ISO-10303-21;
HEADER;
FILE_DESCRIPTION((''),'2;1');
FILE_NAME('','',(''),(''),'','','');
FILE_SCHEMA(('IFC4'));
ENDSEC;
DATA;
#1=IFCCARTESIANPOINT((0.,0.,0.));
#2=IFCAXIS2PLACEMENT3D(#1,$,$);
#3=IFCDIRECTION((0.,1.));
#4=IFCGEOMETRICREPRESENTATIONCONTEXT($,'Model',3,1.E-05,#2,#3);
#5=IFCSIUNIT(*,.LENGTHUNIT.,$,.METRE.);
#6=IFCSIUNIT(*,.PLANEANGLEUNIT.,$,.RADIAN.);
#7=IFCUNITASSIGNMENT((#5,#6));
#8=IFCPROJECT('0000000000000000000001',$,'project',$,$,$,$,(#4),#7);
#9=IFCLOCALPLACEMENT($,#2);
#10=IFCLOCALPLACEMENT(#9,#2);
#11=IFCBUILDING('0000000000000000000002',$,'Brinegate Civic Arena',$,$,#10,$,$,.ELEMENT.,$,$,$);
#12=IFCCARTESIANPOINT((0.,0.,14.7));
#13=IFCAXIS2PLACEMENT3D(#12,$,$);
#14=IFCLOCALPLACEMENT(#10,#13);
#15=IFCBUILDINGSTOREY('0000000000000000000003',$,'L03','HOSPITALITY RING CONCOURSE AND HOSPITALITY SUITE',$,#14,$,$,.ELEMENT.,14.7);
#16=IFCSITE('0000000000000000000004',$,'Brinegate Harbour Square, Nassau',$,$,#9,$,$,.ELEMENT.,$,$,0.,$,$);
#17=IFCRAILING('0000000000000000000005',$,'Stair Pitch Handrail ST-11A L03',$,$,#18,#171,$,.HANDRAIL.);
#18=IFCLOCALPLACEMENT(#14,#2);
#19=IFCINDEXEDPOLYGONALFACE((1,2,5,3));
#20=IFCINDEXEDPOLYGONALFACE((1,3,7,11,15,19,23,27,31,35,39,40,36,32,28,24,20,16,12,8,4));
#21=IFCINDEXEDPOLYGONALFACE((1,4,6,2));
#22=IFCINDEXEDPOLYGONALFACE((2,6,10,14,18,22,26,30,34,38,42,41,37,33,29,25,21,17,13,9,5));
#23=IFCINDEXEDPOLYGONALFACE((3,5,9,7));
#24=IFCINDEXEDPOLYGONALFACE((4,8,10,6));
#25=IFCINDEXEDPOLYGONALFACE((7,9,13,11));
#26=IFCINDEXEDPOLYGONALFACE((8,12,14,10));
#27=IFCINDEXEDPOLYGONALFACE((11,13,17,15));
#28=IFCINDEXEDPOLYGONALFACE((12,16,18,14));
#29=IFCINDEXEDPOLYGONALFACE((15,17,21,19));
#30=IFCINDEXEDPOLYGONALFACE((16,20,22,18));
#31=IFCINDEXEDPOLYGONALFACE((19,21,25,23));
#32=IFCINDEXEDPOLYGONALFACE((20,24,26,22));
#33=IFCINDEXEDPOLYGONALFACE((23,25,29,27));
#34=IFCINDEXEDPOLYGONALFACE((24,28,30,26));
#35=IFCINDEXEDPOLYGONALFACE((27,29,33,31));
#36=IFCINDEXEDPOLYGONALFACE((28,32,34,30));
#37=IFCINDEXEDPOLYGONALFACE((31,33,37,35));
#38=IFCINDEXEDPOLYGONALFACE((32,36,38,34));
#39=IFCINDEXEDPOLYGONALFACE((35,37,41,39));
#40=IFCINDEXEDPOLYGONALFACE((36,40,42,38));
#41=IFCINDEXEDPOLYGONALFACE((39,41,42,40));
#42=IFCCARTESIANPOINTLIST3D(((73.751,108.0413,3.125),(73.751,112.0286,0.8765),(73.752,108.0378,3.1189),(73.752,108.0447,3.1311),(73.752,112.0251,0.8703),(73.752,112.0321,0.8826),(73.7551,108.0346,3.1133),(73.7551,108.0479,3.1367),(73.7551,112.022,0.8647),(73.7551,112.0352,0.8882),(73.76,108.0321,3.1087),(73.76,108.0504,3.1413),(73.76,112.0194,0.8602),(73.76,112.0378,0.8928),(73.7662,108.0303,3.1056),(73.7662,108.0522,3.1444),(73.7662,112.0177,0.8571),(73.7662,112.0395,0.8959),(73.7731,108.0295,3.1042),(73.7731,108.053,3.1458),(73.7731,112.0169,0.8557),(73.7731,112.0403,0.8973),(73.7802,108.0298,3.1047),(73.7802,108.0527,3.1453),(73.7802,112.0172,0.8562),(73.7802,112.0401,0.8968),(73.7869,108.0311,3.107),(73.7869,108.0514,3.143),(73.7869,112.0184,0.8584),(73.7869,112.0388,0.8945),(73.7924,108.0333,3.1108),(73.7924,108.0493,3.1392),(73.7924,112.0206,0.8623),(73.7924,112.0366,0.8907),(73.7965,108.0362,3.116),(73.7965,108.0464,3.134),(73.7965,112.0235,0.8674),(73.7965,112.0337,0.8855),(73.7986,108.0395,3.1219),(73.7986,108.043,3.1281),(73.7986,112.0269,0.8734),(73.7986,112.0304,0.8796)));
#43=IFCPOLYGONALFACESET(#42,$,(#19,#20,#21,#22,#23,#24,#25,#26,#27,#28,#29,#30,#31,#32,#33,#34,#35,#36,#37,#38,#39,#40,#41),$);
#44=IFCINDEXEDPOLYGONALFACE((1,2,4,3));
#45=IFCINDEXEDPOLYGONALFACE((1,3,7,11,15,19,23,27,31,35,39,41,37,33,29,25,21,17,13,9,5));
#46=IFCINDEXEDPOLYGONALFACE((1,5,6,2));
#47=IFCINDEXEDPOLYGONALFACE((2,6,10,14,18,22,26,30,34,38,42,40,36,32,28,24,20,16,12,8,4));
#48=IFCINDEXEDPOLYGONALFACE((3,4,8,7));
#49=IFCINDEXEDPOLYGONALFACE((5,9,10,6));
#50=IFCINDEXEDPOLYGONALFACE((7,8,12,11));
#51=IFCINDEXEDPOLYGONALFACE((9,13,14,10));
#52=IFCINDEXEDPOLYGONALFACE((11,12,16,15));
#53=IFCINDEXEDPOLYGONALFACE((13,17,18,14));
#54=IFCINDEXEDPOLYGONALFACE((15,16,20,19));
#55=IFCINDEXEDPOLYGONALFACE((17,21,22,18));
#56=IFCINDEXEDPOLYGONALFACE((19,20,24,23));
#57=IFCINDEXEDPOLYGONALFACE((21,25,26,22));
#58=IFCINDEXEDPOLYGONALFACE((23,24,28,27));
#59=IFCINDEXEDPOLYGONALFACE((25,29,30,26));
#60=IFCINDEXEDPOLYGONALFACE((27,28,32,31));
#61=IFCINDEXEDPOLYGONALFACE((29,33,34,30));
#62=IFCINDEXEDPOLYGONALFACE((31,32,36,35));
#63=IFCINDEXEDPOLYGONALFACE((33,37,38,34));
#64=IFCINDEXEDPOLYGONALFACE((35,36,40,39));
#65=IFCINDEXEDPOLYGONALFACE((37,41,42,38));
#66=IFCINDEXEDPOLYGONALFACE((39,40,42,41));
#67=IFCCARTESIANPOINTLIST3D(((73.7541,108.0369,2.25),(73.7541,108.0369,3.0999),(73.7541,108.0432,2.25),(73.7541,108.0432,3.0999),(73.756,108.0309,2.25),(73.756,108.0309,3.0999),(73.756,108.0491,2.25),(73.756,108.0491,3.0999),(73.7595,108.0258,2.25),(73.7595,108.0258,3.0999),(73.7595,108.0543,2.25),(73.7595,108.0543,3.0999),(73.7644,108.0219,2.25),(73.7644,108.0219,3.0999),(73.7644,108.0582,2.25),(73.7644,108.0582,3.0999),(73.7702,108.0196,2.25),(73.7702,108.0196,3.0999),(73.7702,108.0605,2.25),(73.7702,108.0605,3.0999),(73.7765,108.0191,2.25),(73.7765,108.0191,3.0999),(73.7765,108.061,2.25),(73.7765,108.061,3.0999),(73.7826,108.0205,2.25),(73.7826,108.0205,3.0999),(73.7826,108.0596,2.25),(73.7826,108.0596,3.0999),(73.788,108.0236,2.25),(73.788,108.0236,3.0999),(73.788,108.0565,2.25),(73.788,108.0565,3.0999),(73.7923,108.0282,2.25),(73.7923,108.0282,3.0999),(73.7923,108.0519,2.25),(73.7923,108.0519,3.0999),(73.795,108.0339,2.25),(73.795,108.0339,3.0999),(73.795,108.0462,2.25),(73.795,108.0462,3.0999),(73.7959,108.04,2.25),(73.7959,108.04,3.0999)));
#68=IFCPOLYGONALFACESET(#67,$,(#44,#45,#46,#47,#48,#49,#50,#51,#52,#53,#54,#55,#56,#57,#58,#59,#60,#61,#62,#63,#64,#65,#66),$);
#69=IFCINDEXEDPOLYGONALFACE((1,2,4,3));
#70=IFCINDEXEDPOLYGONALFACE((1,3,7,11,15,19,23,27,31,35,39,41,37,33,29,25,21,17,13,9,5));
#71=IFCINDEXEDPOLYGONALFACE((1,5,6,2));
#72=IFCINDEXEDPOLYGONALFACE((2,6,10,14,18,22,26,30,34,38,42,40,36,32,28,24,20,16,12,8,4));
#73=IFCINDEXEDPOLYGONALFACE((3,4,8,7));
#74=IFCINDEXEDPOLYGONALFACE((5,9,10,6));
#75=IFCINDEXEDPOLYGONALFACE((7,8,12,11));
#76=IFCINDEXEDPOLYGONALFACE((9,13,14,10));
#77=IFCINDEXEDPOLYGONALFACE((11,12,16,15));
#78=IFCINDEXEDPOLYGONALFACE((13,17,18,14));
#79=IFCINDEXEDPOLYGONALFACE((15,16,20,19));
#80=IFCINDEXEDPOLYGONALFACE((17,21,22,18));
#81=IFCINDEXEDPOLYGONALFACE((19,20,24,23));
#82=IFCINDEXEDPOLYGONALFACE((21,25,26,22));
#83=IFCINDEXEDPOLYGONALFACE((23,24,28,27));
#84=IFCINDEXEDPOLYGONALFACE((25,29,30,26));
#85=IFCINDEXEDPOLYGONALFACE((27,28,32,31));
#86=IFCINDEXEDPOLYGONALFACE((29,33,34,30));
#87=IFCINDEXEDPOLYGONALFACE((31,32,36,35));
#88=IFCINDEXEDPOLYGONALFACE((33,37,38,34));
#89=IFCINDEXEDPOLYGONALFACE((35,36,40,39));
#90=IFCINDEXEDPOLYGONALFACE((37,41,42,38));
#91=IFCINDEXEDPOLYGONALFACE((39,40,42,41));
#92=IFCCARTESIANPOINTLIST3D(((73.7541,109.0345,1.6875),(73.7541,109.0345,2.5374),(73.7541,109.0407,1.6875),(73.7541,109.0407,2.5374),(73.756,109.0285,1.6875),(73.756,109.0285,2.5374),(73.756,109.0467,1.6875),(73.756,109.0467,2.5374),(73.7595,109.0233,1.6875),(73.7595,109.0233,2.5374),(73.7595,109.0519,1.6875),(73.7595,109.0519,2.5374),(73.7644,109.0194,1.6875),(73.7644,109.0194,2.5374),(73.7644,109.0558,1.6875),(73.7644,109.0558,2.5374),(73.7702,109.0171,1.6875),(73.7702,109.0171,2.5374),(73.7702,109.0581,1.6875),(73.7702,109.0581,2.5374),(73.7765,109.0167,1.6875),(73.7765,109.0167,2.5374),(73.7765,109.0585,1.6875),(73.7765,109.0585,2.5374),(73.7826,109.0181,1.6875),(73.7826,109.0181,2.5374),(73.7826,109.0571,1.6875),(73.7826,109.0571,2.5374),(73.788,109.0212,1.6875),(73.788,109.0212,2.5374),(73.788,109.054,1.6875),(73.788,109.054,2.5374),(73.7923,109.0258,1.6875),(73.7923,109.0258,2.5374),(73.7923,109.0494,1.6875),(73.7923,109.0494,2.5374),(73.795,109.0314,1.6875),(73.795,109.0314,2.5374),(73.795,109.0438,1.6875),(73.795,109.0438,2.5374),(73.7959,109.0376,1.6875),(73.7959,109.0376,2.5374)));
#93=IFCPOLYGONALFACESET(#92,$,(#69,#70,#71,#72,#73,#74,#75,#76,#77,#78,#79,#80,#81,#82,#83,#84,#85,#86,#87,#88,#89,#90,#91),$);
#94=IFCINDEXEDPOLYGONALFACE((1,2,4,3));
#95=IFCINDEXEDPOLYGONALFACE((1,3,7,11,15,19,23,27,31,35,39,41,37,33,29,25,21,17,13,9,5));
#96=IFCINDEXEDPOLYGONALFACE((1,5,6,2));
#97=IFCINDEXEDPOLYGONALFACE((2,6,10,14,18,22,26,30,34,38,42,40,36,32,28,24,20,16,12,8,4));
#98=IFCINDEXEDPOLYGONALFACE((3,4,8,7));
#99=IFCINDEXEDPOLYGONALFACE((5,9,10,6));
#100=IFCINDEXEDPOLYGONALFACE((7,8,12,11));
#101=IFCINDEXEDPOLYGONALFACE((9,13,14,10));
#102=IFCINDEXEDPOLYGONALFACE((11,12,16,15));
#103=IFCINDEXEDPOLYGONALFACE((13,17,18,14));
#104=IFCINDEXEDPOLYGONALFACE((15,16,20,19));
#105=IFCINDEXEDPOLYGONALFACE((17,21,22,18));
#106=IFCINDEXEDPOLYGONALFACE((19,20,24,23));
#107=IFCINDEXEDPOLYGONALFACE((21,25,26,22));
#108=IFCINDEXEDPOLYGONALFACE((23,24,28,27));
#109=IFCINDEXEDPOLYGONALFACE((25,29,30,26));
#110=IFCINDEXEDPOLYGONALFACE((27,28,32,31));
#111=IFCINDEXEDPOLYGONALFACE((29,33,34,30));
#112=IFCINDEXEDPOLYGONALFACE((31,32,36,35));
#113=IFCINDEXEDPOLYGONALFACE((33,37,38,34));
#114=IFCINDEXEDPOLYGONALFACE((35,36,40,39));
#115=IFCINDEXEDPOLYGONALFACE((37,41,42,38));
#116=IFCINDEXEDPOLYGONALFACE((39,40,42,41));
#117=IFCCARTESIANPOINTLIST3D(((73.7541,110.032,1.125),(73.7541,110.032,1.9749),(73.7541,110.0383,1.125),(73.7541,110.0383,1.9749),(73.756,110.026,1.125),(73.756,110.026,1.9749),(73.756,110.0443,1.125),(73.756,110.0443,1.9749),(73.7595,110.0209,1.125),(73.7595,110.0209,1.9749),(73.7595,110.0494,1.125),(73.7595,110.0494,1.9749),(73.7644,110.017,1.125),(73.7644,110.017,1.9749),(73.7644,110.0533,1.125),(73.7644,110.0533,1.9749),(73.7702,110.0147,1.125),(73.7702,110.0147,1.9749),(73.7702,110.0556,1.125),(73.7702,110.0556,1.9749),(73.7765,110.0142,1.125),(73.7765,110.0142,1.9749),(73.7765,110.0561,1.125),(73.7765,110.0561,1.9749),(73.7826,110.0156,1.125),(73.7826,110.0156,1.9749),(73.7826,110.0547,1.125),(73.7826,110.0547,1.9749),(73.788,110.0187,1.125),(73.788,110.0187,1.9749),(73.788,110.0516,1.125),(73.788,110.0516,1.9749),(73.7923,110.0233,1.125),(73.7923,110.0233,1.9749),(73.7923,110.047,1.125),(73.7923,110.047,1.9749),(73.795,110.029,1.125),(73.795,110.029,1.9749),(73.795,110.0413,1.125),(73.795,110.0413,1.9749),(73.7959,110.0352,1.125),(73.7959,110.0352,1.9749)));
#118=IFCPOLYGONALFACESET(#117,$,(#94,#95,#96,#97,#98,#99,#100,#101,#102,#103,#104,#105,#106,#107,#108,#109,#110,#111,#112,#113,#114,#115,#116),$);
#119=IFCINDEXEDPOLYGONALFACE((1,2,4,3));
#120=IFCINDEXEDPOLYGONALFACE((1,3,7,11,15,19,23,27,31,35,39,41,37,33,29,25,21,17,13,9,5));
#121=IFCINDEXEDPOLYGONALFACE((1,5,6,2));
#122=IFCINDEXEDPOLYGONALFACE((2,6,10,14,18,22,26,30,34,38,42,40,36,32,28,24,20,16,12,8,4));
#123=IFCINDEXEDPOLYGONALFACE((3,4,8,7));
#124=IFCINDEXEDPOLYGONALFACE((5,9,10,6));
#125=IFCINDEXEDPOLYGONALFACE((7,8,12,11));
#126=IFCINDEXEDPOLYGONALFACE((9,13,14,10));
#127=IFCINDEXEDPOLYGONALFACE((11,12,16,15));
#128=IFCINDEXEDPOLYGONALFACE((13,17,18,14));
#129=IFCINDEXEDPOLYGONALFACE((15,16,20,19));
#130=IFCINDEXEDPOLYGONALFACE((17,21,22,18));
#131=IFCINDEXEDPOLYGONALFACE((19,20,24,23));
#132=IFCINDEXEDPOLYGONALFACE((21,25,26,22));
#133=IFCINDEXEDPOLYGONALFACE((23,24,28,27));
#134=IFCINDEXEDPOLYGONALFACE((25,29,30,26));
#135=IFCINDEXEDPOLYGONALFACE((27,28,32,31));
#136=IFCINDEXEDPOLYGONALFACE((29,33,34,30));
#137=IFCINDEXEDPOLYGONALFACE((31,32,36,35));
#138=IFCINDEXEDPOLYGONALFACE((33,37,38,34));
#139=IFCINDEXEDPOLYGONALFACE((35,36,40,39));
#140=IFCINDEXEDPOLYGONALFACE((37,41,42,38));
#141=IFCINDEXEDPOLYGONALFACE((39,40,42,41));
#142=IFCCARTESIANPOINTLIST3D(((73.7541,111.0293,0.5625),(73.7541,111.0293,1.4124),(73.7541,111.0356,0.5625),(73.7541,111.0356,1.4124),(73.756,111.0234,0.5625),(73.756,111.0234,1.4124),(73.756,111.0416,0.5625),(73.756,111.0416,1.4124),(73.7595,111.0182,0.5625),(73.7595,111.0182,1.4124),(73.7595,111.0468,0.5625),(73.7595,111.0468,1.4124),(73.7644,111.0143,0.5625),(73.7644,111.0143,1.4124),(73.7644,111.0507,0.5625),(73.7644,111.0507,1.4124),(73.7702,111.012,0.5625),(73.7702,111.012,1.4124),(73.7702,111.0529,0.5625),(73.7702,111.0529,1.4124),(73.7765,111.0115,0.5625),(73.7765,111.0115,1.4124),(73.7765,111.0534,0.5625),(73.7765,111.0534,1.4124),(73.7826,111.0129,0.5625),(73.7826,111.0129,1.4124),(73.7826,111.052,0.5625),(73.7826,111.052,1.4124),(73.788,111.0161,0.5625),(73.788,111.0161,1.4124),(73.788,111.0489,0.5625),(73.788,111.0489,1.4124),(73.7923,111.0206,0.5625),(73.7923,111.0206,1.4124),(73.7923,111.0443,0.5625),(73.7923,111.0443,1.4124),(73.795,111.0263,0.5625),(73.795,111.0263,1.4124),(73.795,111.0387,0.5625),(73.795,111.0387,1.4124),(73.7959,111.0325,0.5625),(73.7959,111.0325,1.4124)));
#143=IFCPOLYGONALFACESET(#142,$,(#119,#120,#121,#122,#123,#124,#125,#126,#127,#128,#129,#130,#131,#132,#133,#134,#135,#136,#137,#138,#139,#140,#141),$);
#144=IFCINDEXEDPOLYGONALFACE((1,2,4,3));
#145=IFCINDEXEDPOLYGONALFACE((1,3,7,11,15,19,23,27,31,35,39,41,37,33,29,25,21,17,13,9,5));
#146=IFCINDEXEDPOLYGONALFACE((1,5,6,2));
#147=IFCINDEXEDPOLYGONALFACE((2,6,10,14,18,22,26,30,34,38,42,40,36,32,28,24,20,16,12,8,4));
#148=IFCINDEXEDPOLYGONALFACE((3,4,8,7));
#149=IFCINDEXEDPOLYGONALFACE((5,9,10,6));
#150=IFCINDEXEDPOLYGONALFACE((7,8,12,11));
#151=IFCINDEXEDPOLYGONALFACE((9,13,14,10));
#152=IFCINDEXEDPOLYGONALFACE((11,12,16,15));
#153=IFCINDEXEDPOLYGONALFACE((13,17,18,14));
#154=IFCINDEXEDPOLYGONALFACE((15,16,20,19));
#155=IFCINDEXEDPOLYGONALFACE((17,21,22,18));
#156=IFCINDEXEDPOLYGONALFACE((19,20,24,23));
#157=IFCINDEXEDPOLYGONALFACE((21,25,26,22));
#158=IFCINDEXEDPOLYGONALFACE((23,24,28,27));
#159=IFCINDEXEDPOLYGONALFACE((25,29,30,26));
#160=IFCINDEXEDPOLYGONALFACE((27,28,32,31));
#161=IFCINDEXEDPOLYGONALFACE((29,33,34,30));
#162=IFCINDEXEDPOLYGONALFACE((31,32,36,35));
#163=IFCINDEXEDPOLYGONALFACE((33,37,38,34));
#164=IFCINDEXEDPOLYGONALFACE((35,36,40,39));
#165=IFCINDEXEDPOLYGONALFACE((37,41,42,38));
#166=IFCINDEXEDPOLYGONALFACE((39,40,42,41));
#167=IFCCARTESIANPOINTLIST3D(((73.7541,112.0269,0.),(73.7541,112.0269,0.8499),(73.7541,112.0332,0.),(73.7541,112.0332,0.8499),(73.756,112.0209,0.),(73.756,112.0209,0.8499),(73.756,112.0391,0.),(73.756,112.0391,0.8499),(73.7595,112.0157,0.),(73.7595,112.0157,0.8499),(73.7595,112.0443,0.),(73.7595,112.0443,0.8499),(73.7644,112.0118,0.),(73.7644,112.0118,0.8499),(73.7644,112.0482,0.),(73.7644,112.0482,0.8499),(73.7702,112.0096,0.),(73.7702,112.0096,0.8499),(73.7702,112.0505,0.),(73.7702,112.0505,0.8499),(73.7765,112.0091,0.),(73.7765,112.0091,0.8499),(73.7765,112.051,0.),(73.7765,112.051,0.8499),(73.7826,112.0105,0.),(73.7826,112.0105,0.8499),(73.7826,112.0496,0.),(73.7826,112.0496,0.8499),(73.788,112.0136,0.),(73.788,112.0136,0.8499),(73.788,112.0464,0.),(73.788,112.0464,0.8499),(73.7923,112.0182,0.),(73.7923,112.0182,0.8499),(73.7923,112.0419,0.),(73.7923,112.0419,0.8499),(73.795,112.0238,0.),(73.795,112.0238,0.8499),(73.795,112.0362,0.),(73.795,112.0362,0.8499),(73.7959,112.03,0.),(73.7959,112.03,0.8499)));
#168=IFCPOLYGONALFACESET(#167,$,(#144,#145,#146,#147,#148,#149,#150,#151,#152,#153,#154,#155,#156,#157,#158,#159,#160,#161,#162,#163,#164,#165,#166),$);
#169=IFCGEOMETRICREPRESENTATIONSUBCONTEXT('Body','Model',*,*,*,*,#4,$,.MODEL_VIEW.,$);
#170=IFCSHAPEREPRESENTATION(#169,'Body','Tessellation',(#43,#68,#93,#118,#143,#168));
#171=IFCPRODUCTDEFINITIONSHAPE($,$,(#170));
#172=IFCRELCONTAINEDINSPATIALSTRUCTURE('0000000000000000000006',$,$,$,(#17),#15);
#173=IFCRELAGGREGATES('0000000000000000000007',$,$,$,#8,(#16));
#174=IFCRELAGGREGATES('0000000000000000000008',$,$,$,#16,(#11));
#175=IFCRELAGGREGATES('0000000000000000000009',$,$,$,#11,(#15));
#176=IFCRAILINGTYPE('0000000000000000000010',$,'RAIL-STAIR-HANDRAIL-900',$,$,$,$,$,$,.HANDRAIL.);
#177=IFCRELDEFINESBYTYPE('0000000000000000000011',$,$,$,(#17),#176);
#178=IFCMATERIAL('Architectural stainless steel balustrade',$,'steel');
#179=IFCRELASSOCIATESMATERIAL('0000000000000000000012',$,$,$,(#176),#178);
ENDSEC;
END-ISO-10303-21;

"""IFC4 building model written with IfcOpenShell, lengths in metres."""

from ifc_helpers import new_model, si_unit, direction, frame, origin, origin_2d, place, context, subcontext, project, spatial, circle, extrude, material, type_object, element, save


model = new_model("IFC4")

# Units and contexts
model_context = context("Model", 3, precision=1e-05, world=origin(), true_north=direction((0.0, 1.0)))
body_context = subcontext(model_context, "Body", "Model", "MODEL_VIEW")
ifc_project = project(units=[si_unit("LENGTHUNIT", "METRE"), si_unit("PLANEANGLEUNIT", "RADIAN")], contexts=[model_context])

# Site, building, storey
site_placement = place(None, origin())
site = spatial("IfcSite", under=ifc_project, at=site_placement, Name="Brinegate Harbour Square, Nassau", CompositionType="ELEMENT", RefElevation=0.0)
building_placement = place(site_placement, origin())
building = spatial("IfcBuilding", under=site, at=building_placement, Name="Brinegate Civic Arena", CompositionType="ELEMENT")
storey_placement = place(building_placement, frame((0.0, 0.0, 14.7)))
storey = spatial("IfcBuildingStorey", under=building, at=storey_placement, Name="L03", Description="HOSPITALITY RING CONCOURSE AND HOSPITALITY SUITE", CompositionType="ELEMENT", Elevation=14.7)

# Railing
ifc_material_1 = material(Name="Architectural stainless steel balustrade", Category="steel")
railing_type_1 = type_object("IfcRailingType", Name="RAIL-STAIR-HANDRAIL-900", PredefinedType="HANDRAIL", material=ifc_material_1)
for number, where, name in (
    (1, (73.7749, 108.04, 2.25), "Stair Pitch Handrail ST-11A L03"),
):
    element("IfcRailing", number, at=place(storey_placement, frame(where)), inside=storey, type_object=railing_type_1, Name=name, PredefinedType="HANDRAIL", context=body_context, shape_type="SweptSolid", body=[
        extrude(circle(Radius=0.0239, at=origin_2d()), frame((0.0, 0.0012, 0.875), z_axis=(0.0, 0.87105, -0.491195), x_axis=(-1.0, 0.0, 0.0)), (0.0, 0.0, 1.0), 4.5776),
        extrude(circle(Radius=0.021, at=origin_2d()), origin(), (0.0, 0.0, 1.0), 0.8499),
        extrude(circle(Radius=0.021, at=origin_2d()), frame((0.0, 0.9976, -0.5625)), (0.0, 0.0, 1.0), 0.8499),
        extrude(circle(Radius=0.021, at=origin_2d()), frame((0.0, 1.9951, -1.125)), (0.0, 0.0, 1.0), 0.8499),
        extrude(circle(Radius=0.021, at=origin_2d()), frame((0.0, 2.9924, -1.6875)), (0.0, 0.0, 1.0), 0.8499),
        extrude(circle(Radius=0.021, at=origin_2d()), frame((0.0, 3.99, -2.25)), (0.0, 0.0, 1.0), 0.8499),
    ])

save(model, "model.ifc")
